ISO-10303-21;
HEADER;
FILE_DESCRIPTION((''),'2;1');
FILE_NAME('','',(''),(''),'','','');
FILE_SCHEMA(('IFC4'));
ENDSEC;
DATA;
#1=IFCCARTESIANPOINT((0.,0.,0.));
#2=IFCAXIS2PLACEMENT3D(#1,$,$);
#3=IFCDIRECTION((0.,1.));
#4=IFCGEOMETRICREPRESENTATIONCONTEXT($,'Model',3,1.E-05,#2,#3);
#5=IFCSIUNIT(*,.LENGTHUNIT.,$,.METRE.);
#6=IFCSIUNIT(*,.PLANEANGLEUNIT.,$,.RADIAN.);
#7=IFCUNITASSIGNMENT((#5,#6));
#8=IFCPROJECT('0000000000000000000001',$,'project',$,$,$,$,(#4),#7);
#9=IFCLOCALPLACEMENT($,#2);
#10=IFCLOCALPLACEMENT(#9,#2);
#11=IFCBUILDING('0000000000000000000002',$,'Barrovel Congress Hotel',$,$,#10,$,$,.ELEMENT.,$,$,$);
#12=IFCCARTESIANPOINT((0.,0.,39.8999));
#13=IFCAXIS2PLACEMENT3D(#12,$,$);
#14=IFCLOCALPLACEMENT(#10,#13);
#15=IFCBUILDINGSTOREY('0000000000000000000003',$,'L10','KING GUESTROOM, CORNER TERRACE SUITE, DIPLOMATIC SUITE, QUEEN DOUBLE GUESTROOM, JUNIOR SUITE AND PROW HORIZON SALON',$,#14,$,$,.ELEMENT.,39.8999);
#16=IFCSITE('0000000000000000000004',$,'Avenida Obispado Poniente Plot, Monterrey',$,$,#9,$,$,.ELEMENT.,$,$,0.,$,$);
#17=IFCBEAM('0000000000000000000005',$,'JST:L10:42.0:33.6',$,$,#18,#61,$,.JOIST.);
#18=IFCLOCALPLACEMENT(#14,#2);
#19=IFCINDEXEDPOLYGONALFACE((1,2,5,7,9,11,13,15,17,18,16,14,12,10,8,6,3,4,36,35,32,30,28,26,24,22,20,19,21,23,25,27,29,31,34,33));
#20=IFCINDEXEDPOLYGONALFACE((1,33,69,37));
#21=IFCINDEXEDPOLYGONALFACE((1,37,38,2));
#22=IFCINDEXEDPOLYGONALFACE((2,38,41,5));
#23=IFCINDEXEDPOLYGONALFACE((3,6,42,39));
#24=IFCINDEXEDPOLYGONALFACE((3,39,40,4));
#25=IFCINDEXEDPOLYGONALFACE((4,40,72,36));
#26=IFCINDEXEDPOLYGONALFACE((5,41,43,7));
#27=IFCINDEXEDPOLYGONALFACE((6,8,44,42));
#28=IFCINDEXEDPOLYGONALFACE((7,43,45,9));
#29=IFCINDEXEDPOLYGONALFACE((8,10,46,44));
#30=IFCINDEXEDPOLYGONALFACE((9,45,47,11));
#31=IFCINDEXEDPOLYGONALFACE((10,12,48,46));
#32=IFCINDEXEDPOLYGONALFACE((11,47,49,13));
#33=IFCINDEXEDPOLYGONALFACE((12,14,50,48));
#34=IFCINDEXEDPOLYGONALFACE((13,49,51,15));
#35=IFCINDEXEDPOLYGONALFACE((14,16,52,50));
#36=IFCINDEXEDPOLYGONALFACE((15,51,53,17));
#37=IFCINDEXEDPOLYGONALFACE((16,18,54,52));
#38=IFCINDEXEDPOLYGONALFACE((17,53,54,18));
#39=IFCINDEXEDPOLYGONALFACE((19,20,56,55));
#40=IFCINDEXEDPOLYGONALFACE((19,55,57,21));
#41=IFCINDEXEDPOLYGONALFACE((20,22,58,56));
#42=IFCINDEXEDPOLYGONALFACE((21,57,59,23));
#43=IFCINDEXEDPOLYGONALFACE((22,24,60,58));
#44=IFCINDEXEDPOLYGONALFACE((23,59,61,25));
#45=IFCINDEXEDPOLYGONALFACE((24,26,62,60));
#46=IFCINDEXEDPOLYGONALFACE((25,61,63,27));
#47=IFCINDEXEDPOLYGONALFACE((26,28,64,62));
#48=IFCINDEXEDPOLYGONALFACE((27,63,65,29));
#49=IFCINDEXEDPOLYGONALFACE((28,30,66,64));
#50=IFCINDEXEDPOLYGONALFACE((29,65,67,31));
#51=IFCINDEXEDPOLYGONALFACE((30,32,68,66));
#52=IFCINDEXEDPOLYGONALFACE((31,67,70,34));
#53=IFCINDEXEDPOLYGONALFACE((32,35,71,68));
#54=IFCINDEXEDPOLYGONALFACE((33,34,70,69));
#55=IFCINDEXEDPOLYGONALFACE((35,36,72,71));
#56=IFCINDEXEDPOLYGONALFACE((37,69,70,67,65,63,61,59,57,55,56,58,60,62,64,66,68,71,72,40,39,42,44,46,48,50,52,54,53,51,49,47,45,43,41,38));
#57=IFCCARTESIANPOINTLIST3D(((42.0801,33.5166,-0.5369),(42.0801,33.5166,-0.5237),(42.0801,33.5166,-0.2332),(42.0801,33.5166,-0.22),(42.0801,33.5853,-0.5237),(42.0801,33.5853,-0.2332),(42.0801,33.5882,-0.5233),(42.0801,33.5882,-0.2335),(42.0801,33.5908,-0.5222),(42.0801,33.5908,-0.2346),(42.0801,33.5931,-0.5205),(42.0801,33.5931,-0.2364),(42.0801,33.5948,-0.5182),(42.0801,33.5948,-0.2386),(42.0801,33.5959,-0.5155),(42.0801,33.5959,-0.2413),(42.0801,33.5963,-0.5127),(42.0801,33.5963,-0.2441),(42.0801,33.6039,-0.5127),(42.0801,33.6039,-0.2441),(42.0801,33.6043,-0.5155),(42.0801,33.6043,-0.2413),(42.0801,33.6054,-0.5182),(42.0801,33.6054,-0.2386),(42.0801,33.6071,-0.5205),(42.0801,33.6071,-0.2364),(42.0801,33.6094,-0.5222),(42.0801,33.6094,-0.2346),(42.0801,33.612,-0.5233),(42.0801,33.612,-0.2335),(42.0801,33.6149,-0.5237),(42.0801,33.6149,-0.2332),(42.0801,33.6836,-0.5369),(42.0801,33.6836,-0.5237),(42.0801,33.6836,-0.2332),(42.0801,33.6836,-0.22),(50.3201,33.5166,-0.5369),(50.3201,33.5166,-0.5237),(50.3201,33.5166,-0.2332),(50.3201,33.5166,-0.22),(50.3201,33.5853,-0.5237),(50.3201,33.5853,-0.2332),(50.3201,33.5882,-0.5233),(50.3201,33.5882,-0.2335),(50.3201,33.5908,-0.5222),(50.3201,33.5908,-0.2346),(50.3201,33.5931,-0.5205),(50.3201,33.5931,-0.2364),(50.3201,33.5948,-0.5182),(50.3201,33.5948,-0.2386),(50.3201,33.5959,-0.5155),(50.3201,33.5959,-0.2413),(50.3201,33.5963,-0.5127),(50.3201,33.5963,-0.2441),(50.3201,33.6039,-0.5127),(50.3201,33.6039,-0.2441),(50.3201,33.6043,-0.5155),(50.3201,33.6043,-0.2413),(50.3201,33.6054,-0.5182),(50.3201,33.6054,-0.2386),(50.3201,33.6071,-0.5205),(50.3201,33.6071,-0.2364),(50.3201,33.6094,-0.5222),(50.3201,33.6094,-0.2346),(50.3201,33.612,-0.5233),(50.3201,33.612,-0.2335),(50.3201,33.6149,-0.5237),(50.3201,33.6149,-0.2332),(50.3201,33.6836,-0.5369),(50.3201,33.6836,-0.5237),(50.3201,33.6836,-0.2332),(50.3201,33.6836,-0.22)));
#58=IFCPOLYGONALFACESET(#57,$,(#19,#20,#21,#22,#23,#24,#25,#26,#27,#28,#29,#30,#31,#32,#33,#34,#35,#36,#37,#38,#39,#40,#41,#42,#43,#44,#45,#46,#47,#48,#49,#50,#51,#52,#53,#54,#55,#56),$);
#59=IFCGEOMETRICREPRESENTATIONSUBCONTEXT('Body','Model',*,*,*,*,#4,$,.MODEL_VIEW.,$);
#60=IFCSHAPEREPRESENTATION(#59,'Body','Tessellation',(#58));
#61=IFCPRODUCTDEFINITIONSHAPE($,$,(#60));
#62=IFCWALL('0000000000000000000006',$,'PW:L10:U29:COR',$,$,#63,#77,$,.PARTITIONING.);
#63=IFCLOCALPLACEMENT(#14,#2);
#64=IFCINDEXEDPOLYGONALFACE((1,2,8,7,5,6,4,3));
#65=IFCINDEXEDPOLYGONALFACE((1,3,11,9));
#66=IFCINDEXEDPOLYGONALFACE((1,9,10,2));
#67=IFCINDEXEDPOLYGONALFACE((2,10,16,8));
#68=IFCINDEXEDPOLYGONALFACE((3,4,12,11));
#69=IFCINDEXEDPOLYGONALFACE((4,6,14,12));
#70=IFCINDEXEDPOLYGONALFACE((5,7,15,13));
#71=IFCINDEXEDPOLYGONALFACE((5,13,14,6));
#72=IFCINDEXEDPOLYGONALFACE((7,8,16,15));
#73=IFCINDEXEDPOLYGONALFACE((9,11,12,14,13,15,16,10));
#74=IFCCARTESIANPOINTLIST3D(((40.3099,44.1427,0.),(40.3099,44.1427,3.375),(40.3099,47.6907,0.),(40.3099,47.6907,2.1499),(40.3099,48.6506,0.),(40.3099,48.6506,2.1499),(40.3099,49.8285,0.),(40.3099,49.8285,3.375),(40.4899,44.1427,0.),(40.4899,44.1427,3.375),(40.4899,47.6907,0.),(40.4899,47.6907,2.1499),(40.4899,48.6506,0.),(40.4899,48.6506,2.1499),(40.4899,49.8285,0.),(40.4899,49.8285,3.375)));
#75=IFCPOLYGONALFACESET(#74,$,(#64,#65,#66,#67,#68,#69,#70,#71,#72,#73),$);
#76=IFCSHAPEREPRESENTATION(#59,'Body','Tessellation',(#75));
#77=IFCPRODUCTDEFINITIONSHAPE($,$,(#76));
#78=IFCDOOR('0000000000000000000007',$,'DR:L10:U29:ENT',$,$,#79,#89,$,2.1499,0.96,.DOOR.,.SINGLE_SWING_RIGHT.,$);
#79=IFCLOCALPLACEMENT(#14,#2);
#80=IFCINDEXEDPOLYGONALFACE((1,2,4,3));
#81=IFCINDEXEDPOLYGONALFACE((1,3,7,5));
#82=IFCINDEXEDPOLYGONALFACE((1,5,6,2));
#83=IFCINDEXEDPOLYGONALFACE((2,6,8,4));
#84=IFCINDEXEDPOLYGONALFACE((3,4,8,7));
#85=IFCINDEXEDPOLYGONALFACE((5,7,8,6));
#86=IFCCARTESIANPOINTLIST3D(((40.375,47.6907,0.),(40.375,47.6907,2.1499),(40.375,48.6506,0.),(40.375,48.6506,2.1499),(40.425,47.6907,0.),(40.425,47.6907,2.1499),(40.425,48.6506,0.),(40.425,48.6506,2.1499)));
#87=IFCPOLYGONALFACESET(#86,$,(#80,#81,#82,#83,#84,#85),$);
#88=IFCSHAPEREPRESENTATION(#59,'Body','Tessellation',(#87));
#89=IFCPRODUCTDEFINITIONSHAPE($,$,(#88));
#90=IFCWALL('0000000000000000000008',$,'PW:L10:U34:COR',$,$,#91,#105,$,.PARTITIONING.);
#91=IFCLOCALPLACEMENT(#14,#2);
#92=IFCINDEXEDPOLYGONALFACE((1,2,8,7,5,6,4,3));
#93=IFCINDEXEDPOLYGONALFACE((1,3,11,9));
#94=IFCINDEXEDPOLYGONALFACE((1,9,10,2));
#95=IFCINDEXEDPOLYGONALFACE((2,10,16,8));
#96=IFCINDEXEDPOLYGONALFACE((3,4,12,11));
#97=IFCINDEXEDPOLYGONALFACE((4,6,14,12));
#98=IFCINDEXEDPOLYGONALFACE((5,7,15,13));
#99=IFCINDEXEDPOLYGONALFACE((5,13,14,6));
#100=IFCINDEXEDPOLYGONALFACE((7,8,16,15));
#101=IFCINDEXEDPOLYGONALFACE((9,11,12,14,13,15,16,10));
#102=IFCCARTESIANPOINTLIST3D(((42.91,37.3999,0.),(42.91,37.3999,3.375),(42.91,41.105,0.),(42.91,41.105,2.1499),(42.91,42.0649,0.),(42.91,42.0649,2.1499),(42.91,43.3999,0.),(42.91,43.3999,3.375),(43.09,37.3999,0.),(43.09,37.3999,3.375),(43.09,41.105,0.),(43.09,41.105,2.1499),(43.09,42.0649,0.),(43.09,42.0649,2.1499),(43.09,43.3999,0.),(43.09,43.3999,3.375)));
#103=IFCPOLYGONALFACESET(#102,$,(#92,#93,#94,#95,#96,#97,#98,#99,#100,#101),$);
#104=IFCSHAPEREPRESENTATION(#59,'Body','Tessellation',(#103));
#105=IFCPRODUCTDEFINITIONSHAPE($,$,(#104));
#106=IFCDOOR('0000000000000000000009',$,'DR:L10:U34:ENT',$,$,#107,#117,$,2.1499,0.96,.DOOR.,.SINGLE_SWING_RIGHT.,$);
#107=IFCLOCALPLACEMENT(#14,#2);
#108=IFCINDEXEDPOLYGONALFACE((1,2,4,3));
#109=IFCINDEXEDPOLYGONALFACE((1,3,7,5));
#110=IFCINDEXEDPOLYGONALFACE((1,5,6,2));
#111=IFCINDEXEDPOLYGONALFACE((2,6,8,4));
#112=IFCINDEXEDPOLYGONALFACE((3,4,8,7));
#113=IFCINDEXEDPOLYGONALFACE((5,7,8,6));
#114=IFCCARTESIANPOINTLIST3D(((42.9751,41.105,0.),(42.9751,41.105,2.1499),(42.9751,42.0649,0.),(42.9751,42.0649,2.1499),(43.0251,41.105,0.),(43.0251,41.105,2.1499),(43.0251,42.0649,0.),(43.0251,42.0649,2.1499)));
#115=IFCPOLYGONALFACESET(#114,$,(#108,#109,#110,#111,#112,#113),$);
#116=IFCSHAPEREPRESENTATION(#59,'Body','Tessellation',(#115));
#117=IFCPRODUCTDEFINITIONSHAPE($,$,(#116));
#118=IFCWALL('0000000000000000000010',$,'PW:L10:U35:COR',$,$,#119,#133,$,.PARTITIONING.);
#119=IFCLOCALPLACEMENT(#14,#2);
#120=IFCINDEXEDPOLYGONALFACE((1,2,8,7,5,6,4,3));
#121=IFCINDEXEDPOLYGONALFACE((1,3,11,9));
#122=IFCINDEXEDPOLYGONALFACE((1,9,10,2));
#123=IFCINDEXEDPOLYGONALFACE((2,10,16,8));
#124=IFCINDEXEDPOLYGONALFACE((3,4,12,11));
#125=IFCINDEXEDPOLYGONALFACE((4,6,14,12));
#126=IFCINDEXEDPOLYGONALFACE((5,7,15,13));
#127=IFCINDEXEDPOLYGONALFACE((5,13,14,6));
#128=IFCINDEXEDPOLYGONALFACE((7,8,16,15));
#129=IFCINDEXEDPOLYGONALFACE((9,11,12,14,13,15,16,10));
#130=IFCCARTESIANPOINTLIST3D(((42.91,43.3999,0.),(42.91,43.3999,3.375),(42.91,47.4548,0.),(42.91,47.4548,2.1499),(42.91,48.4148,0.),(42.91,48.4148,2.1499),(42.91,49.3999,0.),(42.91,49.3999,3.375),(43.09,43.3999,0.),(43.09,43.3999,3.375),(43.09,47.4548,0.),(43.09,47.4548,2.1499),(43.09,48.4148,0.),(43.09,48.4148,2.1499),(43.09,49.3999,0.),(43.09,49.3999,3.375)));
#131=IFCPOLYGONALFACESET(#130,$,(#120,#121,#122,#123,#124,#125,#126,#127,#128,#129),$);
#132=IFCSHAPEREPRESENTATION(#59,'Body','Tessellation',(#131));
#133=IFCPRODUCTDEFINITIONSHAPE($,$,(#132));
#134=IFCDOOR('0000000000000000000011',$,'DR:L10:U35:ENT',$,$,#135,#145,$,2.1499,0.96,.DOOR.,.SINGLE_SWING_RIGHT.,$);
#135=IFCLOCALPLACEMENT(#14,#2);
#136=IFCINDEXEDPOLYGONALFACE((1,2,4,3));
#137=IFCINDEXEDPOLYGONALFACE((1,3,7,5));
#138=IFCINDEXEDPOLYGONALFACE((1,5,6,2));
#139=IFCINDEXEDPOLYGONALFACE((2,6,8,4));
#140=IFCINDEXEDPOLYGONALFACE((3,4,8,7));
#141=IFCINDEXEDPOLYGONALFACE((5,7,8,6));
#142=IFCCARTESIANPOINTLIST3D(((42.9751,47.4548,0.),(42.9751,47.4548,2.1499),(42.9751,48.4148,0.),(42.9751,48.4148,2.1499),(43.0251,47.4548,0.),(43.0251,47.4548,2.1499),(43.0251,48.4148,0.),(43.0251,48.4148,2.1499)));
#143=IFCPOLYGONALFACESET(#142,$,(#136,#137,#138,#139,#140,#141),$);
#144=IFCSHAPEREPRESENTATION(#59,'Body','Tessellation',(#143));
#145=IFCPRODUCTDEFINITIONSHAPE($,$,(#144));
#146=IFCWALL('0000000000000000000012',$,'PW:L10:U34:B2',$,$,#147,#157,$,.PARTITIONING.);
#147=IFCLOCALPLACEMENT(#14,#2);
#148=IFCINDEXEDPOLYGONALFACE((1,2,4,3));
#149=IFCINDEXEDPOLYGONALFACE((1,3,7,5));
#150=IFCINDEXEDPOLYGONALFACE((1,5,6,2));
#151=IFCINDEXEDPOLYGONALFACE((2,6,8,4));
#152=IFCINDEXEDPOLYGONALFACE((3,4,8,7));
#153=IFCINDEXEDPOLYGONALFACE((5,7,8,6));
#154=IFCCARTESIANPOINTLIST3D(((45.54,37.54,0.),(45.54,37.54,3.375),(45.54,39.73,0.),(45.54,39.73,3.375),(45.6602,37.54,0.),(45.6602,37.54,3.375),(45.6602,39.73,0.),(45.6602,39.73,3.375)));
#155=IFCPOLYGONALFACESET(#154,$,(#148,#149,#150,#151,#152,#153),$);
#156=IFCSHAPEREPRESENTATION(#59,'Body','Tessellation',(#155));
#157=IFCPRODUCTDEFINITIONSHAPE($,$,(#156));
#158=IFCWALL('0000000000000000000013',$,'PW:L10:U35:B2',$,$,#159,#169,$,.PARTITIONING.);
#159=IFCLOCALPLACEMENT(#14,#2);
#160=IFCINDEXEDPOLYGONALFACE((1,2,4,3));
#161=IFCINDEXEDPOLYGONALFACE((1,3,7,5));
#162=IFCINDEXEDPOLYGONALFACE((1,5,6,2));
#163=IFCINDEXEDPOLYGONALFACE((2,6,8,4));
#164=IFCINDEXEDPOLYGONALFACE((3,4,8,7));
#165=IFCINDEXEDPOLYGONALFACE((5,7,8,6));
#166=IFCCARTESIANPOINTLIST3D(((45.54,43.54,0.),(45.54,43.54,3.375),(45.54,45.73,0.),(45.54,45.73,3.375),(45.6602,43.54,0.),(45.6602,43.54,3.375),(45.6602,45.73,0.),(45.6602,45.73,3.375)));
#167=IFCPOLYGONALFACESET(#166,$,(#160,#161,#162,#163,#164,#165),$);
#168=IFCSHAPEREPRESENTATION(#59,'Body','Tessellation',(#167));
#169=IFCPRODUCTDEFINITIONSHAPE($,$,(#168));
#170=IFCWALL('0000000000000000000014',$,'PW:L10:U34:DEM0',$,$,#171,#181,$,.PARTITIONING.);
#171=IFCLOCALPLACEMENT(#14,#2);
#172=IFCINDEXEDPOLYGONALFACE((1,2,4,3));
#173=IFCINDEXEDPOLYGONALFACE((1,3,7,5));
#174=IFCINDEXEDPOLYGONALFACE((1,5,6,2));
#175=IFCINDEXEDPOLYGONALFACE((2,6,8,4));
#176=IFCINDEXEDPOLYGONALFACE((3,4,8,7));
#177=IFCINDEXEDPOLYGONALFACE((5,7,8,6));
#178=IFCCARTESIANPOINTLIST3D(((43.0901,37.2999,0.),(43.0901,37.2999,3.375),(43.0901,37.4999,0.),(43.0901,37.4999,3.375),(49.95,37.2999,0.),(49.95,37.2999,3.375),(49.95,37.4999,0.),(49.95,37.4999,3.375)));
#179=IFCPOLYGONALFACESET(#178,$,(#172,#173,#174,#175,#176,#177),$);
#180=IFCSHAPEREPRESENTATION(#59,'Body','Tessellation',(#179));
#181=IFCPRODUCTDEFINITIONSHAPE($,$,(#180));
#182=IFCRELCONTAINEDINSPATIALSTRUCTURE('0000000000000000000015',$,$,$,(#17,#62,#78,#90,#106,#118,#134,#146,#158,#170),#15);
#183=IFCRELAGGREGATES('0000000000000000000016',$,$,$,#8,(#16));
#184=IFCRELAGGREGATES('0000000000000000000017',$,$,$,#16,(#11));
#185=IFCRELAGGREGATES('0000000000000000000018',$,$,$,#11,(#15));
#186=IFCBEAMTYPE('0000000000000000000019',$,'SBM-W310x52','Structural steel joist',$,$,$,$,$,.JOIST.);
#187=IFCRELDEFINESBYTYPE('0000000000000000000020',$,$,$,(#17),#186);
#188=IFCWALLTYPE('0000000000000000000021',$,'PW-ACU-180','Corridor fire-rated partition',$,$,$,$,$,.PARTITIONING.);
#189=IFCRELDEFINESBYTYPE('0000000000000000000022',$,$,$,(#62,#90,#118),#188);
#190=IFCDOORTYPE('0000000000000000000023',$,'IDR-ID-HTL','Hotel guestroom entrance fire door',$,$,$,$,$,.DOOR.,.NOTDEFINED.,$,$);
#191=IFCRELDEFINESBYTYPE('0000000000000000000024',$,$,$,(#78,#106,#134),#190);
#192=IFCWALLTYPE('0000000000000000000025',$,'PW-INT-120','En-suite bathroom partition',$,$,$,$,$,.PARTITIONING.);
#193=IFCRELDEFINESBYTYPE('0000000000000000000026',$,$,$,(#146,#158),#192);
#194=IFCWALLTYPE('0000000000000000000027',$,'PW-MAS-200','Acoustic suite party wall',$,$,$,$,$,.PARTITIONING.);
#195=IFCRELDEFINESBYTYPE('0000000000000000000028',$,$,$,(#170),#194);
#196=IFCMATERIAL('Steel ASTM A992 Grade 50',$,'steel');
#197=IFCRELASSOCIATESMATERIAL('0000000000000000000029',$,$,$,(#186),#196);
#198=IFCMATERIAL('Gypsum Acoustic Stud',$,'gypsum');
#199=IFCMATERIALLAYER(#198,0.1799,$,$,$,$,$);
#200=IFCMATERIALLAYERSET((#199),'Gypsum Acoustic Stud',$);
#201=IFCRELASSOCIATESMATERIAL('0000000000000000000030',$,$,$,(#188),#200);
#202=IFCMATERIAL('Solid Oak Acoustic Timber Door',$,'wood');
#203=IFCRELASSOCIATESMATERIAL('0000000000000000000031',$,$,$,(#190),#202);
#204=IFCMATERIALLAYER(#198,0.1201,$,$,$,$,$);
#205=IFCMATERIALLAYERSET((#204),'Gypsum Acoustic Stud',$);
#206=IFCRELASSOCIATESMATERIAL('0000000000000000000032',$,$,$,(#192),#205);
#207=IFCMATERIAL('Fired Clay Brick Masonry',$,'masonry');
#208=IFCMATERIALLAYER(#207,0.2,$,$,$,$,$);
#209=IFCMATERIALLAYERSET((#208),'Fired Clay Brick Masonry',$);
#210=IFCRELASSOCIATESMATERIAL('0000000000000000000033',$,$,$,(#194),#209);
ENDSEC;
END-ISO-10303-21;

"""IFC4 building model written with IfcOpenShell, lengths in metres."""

from ifc_helpers import new_model, si_unit, direction, frame, frame_2d, origin, origin_2d, place, context, subcontext, project, spatial, rectangle, i_section, extrude, material, layer, layer_set, material_profile, profile_set, type_object, element, fill, save


model = new_model("IFC4")

# Units and contexts
model_context = context("Model", 3, precision=1e-05, world=origin(), true_north=direction((0.0, 1.0)))
body_context = subcontext(model_context, "Body", "Model", "MODEL_VIEW")
ifc_project = project(units=[si_unit("LENGTHUNIT", "METRE"), si_unit("PLANEANGLEUNIT", "RADIAN")], contexts=[model_context])

# Site, building, storey
site_placement = place(None, origin())
site = spatial("IfcSite", under=ifc_project, at=site_placement, Name="Avenida Obispado Poniente Plot, Monterrey", CompositionType="ELEMENT", RefElevation=0.0)
building_placement = place(site_placement, origin())
building = spatial("IfcBuilding", under=site, at=building_placement, Name="Barrovel Congress Hotel", CompositionType="ELEMENT")
storey_placement = place(building_placement, frame((0.0, 0.0, 39.8999)))
storey = spatial("IfcBuildingStorey", under=building, at=storey_placement, Name="L10", Description="KING GUESTROOM, CORNER TERRACE SUITE, DIPLOMATIC SUITE, QUEEN DOUBLE GUESTROOM, JUNIOR SUITE AND PROW HORIZON SALON", CompositionType="ELEMENT", Elevation=39.8999)

# Beam
ifc_material_1 = material(Name="Steel ASTM A992 Grade 50", Category="steel")
ifc_material_profile_1 = material_profile(ifc_material_1, i_section(OverallWidth=0.167, OverallDepth=0.3169, WebThickness=0.0076, FlangeThickness=0.0132, FilletRadius=0.011, at=origin_2d()), Name="W310x52")
ifc_profile_set_1 = profile_set([ifc_material_profile_1], Name="Steel ASTM A992 Grade 50")
beam_type_1 = type_object("IfcBeamType", Name="SBM-W310x52", Description="Structural steel joist", PredefinedType="JOIST", material=ifc_profile_set_1)
beam_1_placement = place(storey_placement, frame((42.0801, 33.6001, -0.3784), z_axis=(1.0, 0.0, 0.0), x_axis=(0.0, 1.0, 0.0)))
element("IfcBeam", 1, at=beam_1_placement, inside=storey, type_object=beam_type_1, Name="JST:L10:42.0:33.6", PredefinedType="JOIST", context=body_context, shape_type="SweptSolid", body=[
    extrude(i_section(OverallWidth=0.167, OverallDepth=0.3169, WebThickness=0.0076, FlangeThickness=0.0132, FilletRadius=0.011, at=origin_2d()), origin(), (0.0, 0.0, 1.0), 8.24),
])

# Walls, openings, doors
ifc_material_2 = material(Name="Gypsum Acoustic Stud", Category="gypsum")
ifc_layer_1 = layer(ifc_material_2, 0.1799)
ifc_layer_set_1 = layer_set([ifc_layer_1], Name="Gypsum Acoustic Stud")
wall_type_1 = type_object("IfcWallType", Name="PW-ACU-180", Description="Corridor fire-rated partition", PredefinedType="PARTITIONING", material=ifc_layer_set_1)
wall_1_placement = place(storey_placement, frame((40.3999, 44.1428, 0.0), z_axis=(0.0, 0.0, 1.0), x_axis=(0.0, 1.0, 0.0)))
wall_1 = element("IfcWall", 2, at=wall_1_placement, inside=storey, type_object=wall_type_1, Name="PW:L10:U29:COR", PredefinedType="PARTITIONING", context=body_context, shape_type="SweptSolid", body=[
    extrude(rectangle(XDim=5.6858, YDim=0.1799, at=frame_2d((2.8428, 0.0))), origin(), (0.0, 0.0, 1.0), 3.375),
])
opening_1_placement = place(wall_1_placement, frame((3.5479, 0.0, 0.0)))
opening_1 = element("IfcOpeningElement", 3, at=opening_1_placement, cuts=wall_1, PredefinedType="OPENING", context=body_context, shape_type="SweptSolid", body=[
    extrude(rectangle(XDim=0.96, YDim=2.1499, at=frame_2d((0.48, 1.075))), frame((0.0, 0.1001, 0.0), z_axis=(0.0, -1.0, 0.0), x_axis=(1.0, 0.0, 0.0)), (0.0, 0.0, 1.0), 0.2),
])
ifc_material_3 = material(Name="Solid Oak Acoustic Timber Door", Category="wood")
door_type_1 = type_object("IfcDoorType", Name="IDR-ID-HTL", Description="Hotel guestroom entrance fire door", OperationType="NOTDEFINED", PredefinedType="DOOR", material=ifc_material_3)
door_1_placement = place(opening_1_placement, origin())
door_1 = element("IfcDoor", 4, at=door_1_placement, inside=storey, type_object=door_type_1, Name="DR:L10:U29:ENT", OperationType="SINGLE_SWING_RIGHT", OverallHeight=2.1499, OverallWidth=0.96, PredefinedType="DOOR", context=body_context, shape_type="SweptSolid", body=[
    extrude(rectangle(XDim=0.96, YDim=2.1499, at=frame_2d((0.48, 1.075))), frame((0.0, 0.0249, 0.0), z_axis=(0.0, -1.0, 0.0), x_axis=(1.0, 0.0, 0.0)), (0.0, 0.0, 1.0), 0.05),
])
fill(opening_1, door_1)
wall_2_placement = place(storey_placement, frame((43.0, 37.3999, 0.0), z_axis=(0.0, 0.0, 1.0), x_axis=(0.0, 1.0, 0.0)))
wall_2 = element("IfcWall", 5, at=wall_2_placement, inside=storey, type_object=wall_type_1, Name="PW:L10:U34:COR", PredefinedType="PARTITIONING", context=body_context, shape_type="SweptSolid", body=[
    extrude(rectangle(XDim=6.0, YDim=0.1799, at=frame_2d((3.0, 0.0))), origin(), (0.0, 0.0, 1.0), 3.375),
])
opening_2_placement = place(wall_2_placement, frame((3.7051, 0.0, 0.0)))
opening_2 = element("IfcOpeningElement", 6, at=opening_2_placement, cuts=wall_2, PredefinedType="OPENING", context=body_context, shape_type="SweptSolid", body=[
    extrude(rectangle(XDim=0.96, YDim=2.1499, at=frame_2d((0.48, 1.075))), frame((0.0, 0.1001, 0.0), z_axis=(0.0, -1.0, 0.0), x_axis=(1.0, 0.0, 0.0)), (0.0, 0.0, 1.0), 0.2),
])
door_2_placement = place(opening_2_placement, origin())
door_2 = element("IfcDoor", 7, at=door_2_placement, inside=storey, type_object=door_type_1, Name="DR:L10:U34:ENT", OperationType="SINGLE_SWING_RIGHT", OverallHeight=2.1499, OverallWidth=0.96, PredefinedType="DOOR", context=body_context, shape_type="SweptSolid", body=[
    extrude(rectangle(XDim=0.96, YDim=2.1499, at=frame_2d((0.48, 1.075))), frame((0.0, 0.0249, 0.0), z_axis=(0.0, -1.0, 0.0), x_axis=(1.0, 0.0, 0.0)), (0.0, 0.0, 1.0), 0.05),
])
fill(opening_2, door_2)
wall_3_placement = place(storey_placement, frame((43.0, 43.3999, 0.0), z_axis=(0.0, 0.0, 1.0), x_axis=(0.0, 1.0, 0.0)))
wall_3 = element("IfcWall", 8, at=wall_3_placement, inside=storey, type_object=wall_type_1, Name="PW:L10:U35:COR", PredefinedType="PARTITIONING", context=body_context, shape_type="SweptSolid", body=[
    extrude(rectangle(XDim=6.0, YDim=0.1799, at=frame_2d((3.0, 0.0))), origin(), (0.0, 0.0, 1.0), 3.375),
])
opening_3_placement = place(wall_3_placement, frame((4.0549, 0.0, 0.0)))
opening_3 = element("IfcOpeningElement", 9, at=opening_3_placement, cuts=wall_3, PredefinedType="OPENING", context=body_context, shape_type="SweptSolid", body=[
    extrude(rectangle(XDim=0.96, YDim=2.1499, at=frame_2d((0.48, 1.075))), frame((0.0, 0.1001, 0.0), z_axis=(0.0, -1.0, 0.0), x_axis=(1.0, 0.0, 0.0)), (0.0, 0.0, 1.0), 0.2),
])
door_3_placement = place(opening_3_placement, origin())
door_3 = element("IfcDoor", 10, at=door_3_placement, inside=storey, type_object=door_type_1, Name="DR:L10:U35:ENT", OperationType="SINGLE_SWING_RIGHT", OverallHeight=2.1499, OverallWidth=0.96, PredefinedType="DOOR", context=body_context, shape_type="SweptSolid", body=[
    extrude(rectangle(XDim=0.96, YDim=2.1499, at=frame_2d((0.48, 1.075))), frame((0.0, 0.0249, 0.0), z_axis=(0.0, -1.0, 0.0), x_axis=(1.0, 0.0, 0.0)), (0.0, 0.0, 1.0), 0.05),
])
fill(opening_3, door_3)

# Walls
ifc_layer_2 = layer(ifc_material_2, 0.1201)
ifc_layer_set_2 = layer_set([ifc_layer_2], Name="Gypsum Acoustic Stud")
wall_type_2 = type_object("IfcWallType", Name="PW-INT-120", Description="En-suite bathroom partition", PredefinedType="PARTITIONING", material=ifc_layer_set_2)
for number, where, z_axis, x_axis, name in (
    (11, (45.6001, 37.54, 0.0), (0.0, 0.0, 1.0), (0.0, 1.0, 0.0), "PW:L10:U34:B2"),
    (12, (45.6001, 43.54, 0.0), (0.0, 0.0, 1.0), (0.0, 1.0, 0.0), "PW:L10:U35:B2"),
):
    element("IfcWall", number, at=place(storey_placement, frame(where, z_axis=z_axis, x_axis=x_axis)), inside=storey, type_object=wall_type_2, Name=name, PredefinedType="PARTITIONING", context=body_context, shape_type="SweptSolid", body=[
        extrude(rectangle(XDim=2.1899, YDim=0.1201, at=frame_2d((1.095, 0.0))), origin(), (0.0, 0.0, 1.0), 3.375),
    ])
ifc_material_4 = material(Name="Fired Clay Brick Masonry", Category="masonry")
ifc_layer_3 = layer(ifc_material_4, 0.2)
ifc_layer_set_3 = layer_set([ifc_layer_3], Name="Fired Clay Brick Masonry")
wall_type_3 = type_object("IfcWallType", Name="PW-MAS-200", Description="Acoustic suite party wall", PredefinedType="PARTITIONING", material=ifc_layer_set_3)
wall_4_placement = place(storey_placement, frame((43.0901, 37.3999, 0.0), z_axis=(0.0, 0.0, 1.0), x_axis=(1.0, 0.0, 0.0)))
element("IfcWall", 13, at=wall_4_placement, inside=storey, type_object=wall_type_3, Name="PW:L10:U34:DEM0", PredefinedType="PARTITIONING", context=body_context, shape_type="SweptSolid", body=[
    extrude(rectangle(XDim=6.8599, YDim=0.2, at=frame_2d((3.4299, 0.0))), origin(), (0.0, 0.0, 1.0), 3.375),
])

save(model, "model.ifc")
